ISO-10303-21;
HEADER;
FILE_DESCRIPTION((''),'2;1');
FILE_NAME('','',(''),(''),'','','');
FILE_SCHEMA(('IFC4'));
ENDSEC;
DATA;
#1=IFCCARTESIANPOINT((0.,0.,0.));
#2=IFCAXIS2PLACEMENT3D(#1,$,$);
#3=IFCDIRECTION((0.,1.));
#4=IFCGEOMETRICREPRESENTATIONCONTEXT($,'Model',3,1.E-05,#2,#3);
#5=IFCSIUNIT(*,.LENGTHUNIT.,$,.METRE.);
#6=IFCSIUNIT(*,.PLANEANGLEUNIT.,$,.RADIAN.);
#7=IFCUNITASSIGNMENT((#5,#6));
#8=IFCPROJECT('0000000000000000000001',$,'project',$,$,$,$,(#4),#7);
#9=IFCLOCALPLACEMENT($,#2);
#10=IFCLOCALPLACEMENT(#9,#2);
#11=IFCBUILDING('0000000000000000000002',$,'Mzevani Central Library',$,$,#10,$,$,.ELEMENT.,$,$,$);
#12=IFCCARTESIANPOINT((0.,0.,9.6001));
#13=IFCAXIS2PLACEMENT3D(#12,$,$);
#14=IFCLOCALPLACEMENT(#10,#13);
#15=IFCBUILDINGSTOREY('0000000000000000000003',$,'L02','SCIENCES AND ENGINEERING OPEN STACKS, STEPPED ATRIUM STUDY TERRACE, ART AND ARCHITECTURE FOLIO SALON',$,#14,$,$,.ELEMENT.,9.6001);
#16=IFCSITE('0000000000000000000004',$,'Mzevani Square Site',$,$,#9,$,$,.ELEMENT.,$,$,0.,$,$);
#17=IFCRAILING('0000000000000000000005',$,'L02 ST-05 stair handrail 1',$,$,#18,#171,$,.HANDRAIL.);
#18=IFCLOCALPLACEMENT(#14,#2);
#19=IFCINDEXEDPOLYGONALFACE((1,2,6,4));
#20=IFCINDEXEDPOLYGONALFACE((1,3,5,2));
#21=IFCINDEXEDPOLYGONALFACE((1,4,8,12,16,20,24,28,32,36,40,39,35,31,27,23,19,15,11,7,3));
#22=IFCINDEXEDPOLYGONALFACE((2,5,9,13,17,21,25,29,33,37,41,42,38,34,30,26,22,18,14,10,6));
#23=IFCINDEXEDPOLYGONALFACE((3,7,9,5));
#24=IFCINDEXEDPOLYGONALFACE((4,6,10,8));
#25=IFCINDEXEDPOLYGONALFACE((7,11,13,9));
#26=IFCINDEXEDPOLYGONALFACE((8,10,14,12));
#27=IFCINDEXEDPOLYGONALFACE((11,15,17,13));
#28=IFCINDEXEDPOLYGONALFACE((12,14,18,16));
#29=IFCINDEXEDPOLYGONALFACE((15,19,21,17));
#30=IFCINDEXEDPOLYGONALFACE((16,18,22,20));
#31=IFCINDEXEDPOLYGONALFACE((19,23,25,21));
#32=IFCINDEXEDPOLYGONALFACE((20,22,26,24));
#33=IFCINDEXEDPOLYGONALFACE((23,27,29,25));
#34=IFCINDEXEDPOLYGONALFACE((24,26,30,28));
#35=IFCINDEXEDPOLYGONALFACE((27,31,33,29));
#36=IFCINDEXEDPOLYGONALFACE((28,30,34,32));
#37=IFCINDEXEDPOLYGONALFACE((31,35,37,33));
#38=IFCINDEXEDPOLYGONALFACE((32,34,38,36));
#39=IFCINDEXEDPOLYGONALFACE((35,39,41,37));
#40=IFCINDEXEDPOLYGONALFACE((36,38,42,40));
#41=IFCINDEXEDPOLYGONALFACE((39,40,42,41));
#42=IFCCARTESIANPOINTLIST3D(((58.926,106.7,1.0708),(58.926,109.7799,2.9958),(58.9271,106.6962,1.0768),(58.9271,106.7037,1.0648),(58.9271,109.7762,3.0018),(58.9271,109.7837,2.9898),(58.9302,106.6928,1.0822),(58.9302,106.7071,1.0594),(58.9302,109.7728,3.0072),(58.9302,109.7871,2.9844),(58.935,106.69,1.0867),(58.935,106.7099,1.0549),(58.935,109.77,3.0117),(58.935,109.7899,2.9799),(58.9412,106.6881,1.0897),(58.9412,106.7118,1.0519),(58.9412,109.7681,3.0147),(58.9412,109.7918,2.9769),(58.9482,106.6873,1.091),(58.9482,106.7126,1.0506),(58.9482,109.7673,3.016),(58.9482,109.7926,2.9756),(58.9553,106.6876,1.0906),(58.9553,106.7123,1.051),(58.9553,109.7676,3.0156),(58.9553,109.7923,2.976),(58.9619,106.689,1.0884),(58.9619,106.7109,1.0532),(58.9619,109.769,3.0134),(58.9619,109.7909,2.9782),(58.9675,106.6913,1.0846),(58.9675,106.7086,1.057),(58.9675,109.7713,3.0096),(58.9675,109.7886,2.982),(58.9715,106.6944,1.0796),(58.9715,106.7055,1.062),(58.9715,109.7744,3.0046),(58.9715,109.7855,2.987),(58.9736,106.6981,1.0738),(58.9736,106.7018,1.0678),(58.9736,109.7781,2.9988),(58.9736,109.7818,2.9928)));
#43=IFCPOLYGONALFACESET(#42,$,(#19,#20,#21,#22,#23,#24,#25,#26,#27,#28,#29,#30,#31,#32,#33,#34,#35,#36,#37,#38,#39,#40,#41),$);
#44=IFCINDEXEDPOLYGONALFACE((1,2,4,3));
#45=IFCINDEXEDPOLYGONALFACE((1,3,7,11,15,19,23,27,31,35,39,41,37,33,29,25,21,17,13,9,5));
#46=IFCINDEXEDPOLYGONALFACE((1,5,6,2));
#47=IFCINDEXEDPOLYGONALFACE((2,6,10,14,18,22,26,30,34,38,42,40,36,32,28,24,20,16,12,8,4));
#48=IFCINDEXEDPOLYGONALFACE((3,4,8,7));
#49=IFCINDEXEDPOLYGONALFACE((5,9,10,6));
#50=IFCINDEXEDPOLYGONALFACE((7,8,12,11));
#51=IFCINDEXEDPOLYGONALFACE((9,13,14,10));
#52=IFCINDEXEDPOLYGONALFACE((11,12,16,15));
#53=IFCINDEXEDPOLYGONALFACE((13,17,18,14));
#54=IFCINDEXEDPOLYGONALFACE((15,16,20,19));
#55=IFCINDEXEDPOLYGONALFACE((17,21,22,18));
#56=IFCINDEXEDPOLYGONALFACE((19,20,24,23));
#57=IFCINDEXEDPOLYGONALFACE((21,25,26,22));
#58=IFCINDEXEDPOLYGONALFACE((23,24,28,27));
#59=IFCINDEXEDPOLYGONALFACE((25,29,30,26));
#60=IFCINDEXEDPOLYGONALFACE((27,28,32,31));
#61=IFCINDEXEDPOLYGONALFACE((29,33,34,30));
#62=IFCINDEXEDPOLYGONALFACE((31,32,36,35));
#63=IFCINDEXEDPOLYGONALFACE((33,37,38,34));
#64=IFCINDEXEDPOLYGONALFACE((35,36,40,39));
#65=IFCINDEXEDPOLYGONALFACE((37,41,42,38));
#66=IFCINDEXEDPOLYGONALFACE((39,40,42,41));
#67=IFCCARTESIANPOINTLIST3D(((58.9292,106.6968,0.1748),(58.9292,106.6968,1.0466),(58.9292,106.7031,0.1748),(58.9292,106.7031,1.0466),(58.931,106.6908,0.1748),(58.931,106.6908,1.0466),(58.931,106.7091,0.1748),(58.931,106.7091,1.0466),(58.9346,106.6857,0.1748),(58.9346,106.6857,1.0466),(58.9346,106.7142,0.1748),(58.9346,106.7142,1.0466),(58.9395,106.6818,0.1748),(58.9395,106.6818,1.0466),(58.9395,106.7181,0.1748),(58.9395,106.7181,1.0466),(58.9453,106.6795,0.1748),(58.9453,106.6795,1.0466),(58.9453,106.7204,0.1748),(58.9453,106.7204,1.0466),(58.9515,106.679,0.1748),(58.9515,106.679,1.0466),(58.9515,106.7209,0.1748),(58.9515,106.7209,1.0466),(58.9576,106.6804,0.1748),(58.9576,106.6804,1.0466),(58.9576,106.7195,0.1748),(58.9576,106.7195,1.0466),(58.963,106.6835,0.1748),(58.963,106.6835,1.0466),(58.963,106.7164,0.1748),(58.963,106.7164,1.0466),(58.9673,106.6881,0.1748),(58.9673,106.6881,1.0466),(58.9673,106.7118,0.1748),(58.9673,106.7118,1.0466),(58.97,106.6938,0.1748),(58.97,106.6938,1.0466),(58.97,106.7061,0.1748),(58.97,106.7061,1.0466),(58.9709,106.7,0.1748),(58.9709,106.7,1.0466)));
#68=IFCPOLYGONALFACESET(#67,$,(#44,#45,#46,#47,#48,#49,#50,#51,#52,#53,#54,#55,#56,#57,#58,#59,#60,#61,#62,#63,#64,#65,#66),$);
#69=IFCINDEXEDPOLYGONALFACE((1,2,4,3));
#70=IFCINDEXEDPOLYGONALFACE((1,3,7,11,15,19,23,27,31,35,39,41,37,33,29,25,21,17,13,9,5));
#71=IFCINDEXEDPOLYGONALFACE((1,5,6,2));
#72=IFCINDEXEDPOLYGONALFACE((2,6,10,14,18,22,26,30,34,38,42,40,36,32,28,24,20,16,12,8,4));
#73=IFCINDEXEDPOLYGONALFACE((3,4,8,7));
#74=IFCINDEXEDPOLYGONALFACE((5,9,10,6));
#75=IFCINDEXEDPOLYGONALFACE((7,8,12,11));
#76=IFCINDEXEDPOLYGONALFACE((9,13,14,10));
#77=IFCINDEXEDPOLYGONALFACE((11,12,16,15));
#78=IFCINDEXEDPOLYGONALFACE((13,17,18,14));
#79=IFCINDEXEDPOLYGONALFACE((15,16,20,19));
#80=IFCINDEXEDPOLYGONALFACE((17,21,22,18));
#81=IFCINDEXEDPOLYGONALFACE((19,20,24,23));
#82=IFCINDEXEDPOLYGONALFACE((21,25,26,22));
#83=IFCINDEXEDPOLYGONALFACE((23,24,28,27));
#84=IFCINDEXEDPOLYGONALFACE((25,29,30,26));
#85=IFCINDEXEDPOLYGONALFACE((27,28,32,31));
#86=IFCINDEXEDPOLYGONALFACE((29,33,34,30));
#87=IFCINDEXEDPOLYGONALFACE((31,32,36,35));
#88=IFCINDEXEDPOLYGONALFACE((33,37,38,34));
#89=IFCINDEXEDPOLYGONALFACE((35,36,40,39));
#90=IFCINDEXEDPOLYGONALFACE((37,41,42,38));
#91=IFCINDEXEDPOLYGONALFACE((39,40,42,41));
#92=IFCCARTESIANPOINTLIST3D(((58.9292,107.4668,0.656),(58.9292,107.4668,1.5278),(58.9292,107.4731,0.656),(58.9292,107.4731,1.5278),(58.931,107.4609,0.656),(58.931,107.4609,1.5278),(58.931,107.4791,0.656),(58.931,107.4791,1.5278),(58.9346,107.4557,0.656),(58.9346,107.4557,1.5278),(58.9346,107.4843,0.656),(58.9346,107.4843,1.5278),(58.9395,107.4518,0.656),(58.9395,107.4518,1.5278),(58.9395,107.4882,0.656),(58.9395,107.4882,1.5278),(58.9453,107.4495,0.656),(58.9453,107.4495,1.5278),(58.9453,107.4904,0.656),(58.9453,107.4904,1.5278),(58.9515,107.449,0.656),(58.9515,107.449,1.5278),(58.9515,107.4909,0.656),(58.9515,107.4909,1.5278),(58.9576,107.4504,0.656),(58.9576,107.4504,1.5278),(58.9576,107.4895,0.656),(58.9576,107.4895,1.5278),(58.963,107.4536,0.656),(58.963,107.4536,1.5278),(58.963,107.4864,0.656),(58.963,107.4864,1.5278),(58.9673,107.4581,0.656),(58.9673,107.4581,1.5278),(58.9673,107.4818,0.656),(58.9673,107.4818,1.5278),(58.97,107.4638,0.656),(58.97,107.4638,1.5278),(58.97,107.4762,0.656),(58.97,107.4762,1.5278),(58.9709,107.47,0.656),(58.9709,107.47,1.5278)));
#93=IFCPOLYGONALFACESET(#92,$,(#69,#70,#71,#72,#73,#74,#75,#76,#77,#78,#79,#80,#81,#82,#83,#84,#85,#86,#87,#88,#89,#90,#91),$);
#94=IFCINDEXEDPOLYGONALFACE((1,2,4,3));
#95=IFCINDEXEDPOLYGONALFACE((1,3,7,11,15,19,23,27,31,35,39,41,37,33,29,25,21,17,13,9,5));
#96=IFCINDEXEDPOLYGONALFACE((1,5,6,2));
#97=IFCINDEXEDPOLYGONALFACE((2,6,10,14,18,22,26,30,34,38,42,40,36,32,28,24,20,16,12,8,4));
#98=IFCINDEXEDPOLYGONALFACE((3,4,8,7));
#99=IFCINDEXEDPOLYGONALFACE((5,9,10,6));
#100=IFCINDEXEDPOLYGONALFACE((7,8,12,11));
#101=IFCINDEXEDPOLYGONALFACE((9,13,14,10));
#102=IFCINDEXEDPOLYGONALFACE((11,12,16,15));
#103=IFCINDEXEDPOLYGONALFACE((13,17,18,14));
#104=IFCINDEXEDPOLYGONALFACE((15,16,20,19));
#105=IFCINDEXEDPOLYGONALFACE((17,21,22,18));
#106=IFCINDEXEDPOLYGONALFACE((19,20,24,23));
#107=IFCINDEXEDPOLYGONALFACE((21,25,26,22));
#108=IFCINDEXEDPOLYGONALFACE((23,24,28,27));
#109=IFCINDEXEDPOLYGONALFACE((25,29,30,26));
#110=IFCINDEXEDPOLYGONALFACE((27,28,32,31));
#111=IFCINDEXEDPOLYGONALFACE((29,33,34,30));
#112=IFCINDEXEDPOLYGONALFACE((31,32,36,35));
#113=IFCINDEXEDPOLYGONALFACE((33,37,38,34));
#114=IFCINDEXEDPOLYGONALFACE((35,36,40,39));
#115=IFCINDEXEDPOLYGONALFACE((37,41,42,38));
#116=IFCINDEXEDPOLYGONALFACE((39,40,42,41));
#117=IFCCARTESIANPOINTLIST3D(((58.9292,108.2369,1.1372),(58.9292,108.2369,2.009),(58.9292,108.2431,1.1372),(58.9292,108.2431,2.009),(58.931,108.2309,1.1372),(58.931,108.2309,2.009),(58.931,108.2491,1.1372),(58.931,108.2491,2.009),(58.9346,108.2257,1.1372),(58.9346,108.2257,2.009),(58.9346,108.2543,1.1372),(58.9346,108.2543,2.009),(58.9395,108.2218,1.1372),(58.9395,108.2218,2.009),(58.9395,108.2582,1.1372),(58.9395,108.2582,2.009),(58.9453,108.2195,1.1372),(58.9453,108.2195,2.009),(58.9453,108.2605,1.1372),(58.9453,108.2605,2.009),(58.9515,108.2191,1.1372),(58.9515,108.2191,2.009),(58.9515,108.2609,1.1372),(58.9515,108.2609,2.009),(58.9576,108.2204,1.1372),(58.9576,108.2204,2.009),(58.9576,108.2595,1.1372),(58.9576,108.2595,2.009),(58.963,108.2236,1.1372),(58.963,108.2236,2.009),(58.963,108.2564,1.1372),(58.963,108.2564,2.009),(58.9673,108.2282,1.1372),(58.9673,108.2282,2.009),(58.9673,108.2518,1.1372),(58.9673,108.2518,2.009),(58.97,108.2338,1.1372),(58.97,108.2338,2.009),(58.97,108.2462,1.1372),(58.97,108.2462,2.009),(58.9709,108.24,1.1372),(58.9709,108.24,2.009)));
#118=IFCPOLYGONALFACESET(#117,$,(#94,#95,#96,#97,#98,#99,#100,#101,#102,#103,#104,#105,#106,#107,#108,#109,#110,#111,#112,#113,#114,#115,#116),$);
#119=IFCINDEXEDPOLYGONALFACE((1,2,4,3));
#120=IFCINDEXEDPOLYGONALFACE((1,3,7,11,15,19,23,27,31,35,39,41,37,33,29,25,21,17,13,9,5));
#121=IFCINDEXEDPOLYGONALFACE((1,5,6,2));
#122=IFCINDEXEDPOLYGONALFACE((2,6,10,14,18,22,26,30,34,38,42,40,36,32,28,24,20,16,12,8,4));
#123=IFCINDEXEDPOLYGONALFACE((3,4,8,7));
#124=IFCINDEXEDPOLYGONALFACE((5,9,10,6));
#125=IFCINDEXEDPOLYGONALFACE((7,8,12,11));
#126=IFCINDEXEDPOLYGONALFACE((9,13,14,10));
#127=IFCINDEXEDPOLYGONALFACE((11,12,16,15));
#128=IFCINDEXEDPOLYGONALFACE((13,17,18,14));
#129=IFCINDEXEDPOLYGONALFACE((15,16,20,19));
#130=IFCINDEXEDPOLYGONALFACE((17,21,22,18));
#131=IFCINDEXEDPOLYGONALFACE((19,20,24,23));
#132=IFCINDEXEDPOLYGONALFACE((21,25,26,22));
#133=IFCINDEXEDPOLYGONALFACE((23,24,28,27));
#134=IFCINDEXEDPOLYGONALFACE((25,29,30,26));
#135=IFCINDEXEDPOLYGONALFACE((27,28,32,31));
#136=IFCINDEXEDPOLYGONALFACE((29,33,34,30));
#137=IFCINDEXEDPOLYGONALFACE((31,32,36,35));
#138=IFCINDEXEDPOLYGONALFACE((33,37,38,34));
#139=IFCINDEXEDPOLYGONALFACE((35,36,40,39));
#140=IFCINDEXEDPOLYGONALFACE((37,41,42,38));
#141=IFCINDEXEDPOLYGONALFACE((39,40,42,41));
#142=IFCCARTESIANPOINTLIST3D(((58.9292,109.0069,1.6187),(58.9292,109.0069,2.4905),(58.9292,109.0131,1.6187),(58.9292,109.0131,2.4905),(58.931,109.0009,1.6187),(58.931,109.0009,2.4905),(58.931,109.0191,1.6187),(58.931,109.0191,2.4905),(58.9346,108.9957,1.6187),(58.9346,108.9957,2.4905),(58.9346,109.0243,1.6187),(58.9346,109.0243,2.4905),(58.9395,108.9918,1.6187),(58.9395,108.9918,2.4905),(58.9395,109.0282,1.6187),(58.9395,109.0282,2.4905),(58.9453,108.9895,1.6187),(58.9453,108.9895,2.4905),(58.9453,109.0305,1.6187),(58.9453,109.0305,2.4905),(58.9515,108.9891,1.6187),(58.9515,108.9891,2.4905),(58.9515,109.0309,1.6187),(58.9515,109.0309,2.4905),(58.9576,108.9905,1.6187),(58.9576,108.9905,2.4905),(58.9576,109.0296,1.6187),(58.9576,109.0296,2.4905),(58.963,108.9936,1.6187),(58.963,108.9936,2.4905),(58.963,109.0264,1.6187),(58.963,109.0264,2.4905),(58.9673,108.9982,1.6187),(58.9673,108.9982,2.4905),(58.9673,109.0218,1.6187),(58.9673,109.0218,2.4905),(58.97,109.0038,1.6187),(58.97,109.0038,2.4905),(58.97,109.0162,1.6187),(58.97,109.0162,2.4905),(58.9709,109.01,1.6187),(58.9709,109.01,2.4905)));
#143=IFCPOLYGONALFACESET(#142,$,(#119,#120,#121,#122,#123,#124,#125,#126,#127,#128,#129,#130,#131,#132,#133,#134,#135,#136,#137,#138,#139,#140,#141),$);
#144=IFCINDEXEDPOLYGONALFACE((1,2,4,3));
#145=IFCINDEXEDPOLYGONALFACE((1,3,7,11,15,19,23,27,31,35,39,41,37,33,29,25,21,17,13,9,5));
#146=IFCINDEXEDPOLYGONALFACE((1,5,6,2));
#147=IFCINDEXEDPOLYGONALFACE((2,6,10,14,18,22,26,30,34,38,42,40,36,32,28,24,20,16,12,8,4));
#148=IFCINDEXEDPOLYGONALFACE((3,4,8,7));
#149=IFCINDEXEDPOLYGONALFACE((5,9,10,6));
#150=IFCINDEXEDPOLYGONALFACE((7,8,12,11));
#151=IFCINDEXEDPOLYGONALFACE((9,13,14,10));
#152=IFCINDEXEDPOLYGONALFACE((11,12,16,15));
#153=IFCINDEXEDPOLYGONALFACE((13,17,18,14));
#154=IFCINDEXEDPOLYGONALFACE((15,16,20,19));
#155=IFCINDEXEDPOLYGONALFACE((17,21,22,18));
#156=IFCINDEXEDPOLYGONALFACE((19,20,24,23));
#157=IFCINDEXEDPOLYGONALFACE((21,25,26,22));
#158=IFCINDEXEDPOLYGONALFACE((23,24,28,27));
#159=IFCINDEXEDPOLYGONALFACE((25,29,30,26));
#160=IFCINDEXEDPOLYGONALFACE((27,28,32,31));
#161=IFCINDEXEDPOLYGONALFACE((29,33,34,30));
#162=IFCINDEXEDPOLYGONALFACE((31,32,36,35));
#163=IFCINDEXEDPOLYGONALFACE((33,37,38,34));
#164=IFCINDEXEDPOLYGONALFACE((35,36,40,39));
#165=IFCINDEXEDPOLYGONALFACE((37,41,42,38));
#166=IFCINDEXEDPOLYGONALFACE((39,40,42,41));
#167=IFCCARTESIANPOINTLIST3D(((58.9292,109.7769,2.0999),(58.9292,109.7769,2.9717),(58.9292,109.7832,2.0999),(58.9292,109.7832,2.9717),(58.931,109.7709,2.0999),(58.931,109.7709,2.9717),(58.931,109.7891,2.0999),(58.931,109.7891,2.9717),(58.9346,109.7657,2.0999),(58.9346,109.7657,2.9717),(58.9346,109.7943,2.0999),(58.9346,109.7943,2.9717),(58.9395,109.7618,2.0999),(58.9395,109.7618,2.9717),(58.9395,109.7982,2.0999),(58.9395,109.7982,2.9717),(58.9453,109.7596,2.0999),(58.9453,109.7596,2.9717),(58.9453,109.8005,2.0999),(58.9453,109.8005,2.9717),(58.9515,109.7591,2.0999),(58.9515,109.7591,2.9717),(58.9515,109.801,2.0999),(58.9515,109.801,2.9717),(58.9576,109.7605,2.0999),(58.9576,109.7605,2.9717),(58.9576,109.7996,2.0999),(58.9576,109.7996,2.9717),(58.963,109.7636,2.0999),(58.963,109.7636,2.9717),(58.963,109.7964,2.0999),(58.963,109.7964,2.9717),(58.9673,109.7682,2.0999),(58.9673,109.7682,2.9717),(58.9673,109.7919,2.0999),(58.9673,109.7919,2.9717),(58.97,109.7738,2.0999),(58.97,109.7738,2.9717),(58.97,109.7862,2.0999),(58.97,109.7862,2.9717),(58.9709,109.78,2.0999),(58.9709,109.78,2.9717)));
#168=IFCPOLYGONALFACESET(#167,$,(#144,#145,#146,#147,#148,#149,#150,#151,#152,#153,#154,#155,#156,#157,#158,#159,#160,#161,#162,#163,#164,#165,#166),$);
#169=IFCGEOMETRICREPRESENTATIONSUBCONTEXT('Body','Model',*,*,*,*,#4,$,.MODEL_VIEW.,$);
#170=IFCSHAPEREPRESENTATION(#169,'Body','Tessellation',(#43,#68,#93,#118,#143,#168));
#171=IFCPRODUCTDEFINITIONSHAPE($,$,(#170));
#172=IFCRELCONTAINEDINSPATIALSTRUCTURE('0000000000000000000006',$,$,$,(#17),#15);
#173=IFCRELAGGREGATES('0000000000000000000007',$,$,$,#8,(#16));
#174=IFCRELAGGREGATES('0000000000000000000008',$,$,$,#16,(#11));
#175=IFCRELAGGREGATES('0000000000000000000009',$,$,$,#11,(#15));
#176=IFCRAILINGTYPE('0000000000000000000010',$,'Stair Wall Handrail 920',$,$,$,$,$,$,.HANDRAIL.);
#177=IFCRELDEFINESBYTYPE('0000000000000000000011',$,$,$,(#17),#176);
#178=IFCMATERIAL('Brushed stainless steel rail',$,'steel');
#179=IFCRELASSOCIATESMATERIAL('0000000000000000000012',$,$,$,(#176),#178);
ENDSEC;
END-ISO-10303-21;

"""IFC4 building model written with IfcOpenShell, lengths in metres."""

from ifc_helpers import new_model, si_unit, direction, frame, origin, origin_2d, place, context, subcontext, project, spatial, circle, extrude, material, type_object, element, save


model = new_model("IFC4")

# Units and contexts
model_context = context("Model", 3, precision=1e-05, world=origin(), true_north=direction((0.0, 1.0)))
body_context = subcontext(model_context, "Body", "Model", "MODEL_VIEW")
ifc_project = project(units=[si_unit("LENGTHUNIT", "METRE"), si_unit("PLANEANGLEUNIT", "RADIAN")], contexts=[model_context])

# Site, building, storey
site_placement = place(None, origin())
site = spatial("IfcSite", under=ifc_project, at=site_placement, Name="Mzevani Square Site", CompositionType="ELEMENT", RefElevation=0.0)
building_placement = place(site_placement, origin())
building = spatial("IfcBuilding", under=site, at=building_placement, Name="Mzevani Central Library", CompositionType="ELEMENT")
storey_placement = place(building_placement, frame((0.0, 0.0, 9.6001)))
storey = spatial("IfcBuildingStorey", under=building, at=storey_placement, Name="L02", Description="SCIENCES AND ENGINEERING OPEN STACKS, STEPPED ATRIUM STUDY TERRACE, ART AND ARCHITECTURE FOLIO SALON", CompositionType="ELEMENT", Elevation=9.6001)

# Shared definitions
ifc_material_1 = material(Name="Brushed stainless steel rail", Category="steel")

# Railing
railing_type_1 = type_object("IfcRailingType", Name="Stair Wall Handrail 920", PredefinedType="HANDRAIL", material=ifc_material_1)
railing_1_placement = place(storey_placement, frame((58.95, 106.7, 0.1748)))
element("IfcRailing", 1, at=railing_1_placement, inside=storey, type_object=railing_type_1, Name="L02 ST-05 stair handrail 1", PredefinedType="HANDRAIL", context=body_context, shape_type="SweptSolid", body=[
    extrude(circle(Radius=0.0239, at=origin_2d()), frame((0.0, 0.0, 0.896), z_axis=(0.0, 0.847998, 0.529999), x_axis=(-1.0, 0.0, 0.0)), (0.0, 0.0, 1.0), 3.6321),
    extrude(circle(Radius=0.021, at=origin_2d()), origin(), (0.0, 0.0, 1.0), 0.8718),
    extrude(circle(Radius=0.021, at=origin_2d()), frame((0.0, 0.77, 0.4812)), (0.0, 0.0, 1.0), 0.8718),
    extrude(circle(Radius=0.021, at=origin_2d()), frame((0.0, 1.54, 0.9624)), (0.0, 0.0, 1.0), 0.8718),
    extrude(circle(Radius=0.021, at=origin_2d()), frame((0.0, 2.3101, 1.4438)), (0.0, 0.0, 1.0), 0.8718),
    extrude(circle(Radius=0.021, at=origin_2d()), frame((0.0, 3.0801, 1.925)), (0.0, 0.0, 1.0), 0.8718),
])

save(model, "model.ifc")
